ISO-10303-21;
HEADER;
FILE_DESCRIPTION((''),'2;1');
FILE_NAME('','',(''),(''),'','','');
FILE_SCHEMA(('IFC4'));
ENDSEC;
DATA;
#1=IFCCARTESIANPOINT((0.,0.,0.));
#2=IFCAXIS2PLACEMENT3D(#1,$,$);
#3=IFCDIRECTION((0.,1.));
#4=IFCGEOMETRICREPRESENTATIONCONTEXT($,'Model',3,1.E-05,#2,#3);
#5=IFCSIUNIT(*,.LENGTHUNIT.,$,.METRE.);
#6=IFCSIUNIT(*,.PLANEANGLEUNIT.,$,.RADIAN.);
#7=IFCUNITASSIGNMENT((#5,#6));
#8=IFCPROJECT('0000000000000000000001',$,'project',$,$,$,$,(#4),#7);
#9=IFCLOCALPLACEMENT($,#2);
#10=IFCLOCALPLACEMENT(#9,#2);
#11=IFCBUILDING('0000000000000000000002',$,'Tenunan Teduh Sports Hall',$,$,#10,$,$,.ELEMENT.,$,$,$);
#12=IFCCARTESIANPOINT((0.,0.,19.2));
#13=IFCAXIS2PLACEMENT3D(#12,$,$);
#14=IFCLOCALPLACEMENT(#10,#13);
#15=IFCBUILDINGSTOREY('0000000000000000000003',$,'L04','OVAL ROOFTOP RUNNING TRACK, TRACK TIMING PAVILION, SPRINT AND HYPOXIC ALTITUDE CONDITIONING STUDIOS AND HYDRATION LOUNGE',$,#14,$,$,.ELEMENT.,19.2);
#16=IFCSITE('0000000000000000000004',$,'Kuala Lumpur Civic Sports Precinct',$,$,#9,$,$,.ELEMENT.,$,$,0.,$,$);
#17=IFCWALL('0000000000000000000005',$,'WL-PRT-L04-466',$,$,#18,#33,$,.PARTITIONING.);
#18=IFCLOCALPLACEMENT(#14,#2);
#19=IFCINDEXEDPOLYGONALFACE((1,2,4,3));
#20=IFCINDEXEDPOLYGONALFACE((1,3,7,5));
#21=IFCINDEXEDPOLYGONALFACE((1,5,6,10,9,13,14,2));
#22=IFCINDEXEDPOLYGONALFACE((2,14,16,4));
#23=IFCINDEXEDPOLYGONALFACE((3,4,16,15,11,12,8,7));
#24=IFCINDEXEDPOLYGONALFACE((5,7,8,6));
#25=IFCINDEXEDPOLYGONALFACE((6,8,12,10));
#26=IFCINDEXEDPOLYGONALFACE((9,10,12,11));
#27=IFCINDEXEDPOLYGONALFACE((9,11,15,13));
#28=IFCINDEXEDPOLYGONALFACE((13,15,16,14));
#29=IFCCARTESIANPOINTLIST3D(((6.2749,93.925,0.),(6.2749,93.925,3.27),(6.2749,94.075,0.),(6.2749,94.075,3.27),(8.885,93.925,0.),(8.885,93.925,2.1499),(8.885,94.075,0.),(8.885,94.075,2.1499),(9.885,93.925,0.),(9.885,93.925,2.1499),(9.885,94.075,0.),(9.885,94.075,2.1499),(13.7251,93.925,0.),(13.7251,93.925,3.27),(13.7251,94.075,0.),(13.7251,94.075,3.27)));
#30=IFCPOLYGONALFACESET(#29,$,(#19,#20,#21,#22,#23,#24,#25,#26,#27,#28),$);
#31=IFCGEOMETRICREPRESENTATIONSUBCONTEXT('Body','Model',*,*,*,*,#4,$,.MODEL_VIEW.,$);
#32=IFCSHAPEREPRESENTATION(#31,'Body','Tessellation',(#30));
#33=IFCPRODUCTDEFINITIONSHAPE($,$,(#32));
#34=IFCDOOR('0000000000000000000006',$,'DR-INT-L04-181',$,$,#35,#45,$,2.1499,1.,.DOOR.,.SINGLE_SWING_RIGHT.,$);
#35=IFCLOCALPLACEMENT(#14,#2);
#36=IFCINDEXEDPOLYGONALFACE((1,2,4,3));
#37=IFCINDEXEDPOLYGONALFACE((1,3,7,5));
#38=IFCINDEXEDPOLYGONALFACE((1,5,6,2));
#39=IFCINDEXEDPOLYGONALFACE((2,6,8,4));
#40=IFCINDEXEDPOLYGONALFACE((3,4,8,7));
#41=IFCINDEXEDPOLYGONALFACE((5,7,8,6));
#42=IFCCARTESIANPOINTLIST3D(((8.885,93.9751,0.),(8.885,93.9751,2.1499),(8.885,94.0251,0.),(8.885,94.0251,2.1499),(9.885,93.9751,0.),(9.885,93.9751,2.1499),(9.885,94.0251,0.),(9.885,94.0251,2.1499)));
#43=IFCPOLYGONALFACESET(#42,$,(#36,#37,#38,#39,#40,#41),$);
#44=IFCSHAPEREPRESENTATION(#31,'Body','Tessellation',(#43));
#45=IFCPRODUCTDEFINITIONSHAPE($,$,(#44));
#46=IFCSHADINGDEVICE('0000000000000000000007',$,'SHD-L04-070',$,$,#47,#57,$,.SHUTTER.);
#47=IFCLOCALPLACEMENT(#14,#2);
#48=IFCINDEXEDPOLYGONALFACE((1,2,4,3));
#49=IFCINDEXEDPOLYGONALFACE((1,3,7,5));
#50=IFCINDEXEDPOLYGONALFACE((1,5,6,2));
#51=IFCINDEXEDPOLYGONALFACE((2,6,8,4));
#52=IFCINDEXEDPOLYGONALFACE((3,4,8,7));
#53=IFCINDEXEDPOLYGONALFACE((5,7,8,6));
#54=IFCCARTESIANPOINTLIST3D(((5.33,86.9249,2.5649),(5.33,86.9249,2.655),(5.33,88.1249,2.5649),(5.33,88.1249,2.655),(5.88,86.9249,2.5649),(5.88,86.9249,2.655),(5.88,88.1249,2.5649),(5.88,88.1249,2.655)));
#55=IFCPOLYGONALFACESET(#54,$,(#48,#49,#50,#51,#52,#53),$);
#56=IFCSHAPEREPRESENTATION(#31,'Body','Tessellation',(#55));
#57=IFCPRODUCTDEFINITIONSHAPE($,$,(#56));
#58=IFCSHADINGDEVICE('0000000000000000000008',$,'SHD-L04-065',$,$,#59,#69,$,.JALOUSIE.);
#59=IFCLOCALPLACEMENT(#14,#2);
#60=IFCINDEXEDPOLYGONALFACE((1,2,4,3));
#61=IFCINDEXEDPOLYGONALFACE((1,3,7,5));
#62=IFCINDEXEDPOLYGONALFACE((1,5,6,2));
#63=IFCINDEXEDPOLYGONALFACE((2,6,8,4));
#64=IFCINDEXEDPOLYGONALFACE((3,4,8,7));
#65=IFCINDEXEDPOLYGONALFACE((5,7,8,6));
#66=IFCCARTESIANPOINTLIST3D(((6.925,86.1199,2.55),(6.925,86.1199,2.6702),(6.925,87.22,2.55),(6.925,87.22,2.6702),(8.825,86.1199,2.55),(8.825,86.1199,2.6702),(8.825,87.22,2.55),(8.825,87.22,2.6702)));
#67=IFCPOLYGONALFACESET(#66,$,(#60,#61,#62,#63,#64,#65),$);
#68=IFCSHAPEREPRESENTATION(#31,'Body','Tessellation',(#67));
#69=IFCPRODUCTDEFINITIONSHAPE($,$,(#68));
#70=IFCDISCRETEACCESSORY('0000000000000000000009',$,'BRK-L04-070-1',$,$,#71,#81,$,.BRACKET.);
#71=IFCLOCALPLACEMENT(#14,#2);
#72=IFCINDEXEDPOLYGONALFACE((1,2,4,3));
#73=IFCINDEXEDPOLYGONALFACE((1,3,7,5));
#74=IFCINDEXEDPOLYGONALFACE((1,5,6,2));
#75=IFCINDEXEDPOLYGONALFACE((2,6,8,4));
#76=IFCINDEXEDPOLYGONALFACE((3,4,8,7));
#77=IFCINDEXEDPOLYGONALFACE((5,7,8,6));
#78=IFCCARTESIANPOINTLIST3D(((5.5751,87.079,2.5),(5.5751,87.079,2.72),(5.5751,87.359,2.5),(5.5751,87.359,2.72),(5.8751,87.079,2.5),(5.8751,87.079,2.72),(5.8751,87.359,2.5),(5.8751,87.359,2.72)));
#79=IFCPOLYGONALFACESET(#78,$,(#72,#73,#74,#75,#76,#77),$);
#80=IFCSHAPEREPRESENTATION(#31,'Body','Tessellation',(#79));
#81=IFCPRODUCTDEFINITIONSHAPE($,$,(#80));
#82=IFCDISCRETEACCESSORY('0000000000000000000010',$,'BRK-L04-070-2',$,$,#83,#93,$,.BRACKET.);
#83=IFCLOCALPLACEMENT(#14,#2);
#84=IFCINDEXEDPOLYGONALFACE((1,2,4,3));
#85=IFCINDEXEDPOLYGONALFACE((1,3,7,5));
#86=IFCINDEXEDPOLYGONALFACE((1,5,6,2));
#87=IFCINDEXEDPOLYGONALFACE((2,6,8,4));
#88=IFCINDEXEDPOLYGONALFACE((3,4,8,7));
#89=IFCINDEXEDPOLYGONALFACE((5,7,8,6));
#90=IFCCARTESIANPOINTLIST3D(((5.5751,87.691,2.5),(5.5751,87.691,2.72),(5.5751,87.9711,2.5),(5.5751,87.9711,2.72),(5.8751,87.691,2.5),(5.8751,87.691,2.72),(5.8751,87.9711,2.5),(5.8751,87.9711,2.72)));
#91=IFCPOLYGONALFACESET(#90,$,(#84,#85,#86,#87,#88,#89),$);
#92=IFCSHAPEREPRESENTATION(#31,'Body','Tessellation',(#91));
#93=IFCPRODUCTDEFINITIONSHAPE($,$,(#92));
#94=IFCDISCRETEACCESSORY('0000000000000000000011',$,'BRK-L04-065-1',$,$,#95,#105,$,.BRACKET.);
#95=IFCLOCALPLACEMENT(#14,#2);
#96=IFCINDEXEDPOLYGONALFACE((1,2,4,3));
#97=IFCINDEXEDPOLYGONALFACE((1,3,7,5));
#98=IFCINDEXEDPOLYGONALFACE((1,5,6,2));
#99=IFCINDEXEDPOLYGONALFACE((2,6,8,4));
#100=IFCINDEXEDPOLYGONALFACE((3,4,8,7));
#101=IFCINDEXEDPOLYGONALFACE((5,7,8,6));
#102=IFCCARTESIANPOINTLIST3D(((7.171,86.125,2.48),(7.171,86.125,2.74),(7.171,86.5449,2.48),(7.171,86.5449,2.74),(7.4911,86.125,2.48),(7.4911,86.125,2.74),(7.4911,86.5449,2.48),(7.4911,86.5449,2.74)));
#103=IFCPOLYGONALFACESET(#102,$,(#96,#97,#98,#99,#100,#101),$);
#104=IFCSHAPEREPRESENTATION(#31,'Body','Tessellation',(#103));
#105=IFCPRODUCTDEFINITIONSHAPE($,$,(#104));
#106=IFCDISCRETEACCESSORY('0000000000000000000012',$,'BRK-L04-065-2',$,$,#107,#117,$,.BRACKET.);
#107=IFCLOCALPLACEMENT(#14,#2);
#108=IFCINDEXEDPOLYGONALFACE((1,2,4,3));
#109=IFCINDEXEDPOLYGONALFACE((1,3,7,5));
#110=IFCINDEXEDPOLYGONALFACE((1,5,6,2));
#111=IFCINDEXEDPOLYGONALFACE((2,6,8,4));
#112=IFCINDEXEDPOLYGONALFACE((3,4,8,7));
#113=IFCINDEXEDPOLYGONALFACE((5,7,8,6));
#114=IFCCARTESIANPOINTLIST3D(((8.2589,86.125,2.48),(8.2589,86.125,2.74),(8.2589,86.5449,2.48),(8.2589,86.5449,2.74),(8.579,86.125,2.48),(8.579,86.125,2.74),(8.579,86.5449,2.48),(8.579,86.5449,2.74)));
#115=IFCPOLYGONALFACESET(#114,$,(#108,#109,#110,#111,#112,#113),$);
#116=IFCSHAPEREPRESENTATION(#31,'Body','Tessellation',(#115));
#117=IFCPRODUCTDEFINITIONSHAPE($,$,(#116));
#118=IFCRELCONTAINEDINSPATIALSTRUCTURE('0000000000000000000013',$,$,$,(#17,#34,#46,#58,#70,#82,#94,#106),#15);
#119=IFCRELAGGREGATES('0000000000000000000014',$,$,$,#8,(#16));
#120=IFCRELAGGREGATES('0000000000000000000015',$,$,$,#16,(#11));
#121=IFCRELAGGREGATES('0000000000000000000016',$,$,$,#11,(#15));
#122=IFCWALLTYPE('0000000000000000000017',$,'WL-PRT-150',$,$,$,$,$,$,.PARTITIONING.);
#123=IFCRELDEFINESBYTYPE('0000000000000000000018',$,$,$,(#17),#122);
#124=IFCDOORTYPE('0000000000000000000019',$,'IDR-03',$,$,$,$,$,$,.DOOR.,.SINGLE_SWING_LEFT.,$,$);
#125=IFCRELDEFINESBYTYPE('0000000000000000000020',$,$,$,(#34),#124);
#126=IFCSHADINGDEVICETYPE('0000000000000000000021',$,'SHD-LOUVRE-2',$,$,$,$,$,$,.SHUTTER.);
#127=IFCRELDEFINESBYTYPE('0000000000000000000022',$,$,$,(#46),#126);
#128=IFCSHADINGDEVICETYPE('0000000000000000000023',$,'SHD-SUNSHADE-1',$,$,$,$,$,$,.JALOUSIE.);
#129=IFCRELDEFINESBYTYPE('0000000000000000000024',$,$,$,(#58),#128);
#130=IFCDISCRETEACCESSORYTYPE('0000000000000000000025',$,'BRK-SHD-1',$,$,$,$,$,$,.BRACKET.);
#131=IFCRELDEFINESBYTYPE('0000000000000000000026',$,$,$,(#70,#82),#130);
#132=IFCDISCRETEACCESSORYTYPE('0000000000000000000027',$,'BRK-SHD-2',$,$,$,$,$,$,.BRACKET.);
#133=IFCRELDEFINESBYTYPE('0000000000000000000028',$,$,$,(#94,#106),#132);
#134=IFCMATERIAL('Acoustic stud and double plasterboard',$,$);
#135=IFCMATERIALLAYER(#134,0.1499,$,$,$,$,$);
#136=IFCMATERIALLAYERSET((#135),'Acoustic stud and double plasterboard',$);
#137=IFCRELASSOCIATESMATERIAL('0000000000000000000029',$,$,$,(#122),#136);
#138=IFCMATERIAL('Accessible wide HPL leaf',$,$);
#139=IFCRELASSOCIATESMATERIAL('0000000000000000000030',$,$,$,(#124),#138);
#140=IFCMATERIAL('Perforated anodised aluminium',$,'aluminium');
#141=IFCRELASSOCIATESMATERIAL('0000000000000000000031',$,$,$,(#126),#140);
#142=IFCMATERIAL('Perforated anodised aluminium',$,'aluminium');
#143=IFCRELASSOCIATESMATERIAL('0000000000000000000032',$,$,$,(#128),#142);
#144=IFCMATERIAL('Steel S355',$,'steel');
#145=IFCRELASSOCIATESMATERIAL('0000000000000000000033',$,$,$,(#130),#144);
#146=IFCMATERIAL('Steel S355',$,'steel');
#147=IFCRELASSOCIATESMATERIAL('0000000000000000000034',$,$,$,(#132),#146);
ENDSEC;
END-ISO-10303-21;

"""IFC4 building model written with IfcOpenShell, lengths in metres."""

from ifc_helpers import new_model, si_unit, direction, frame, frame_2d, origin, origin_2d, place, context, subcontext, project, spatial, rectangle, extrude, material, layer, layer_set, type_object, element, fill, save


model = new_model("IFC4")

# Units and contexts
model_context = context("Model", 3, precision=1e-05, world=origin(), true_north=direction((0.0, 1.0)))
body_context = subcontext(model_context, "Body", "Model", "MODEL_VIEW")
ifc_project = project(units=[si_unit("LENGTHUNIT", "METRE"), si_unit("PLANEANGLEUNIT", "RADIAN")], contexts=[model_context])

# Site, building, storey
site_placement = place(None, origin())
site = spatial("IfcSite", under=ifc_project, at=site_placement, Name="Kuala Lumpur Civic Sports Precinct", CompositionType="ELEMENT", RefElevation=0.0)
building_placement = place(site_placement, origin())
building = spatial("IfcBuilding", under=site, at=building_placement, Name="Tenunan Teduh Sports Hall", CompositionType="ELEMENT")
storey_placement = place(building_placement, frame((0.0, 0.0, 19.2)))
storey = spatial("IfcBuildingStorey", under=building, at=storey_placement, Name="L04", Description="OVAL ROOFTOP RUNNING TRACK, TRACK TIMING PAVILION, SPRINT AND HYPOXIC ALTITUDE CONDITIONING STUDIOS AND HYDRATION LOUNGE", CompositionType="ELEMENT", Elevation=19.2)

# Wall, opening, door
ifc_material_1 = material(Name="Acoustic stud and double plasterboard")
ifc_layer_1 = layer(ifc_material_1, 0.1499)
ifc_layer_set_1 = layer_set([ifc_layer_1], Name="Acoustic stud and double plasterboard")
wall_type_1 = type_object("IfcWallType", Name="WL-PRT-150", PredefinedType="PARTITIONING", material=ifc_layer_set_1)
wall_1_placement = place(storey_placement, frame((6.2749, 94.0, 0.0), z_axis=(0.0, 0.0, 1.0), x_axis=(1.0, 0.0, 0.0)))
wall_1 = element("IfcWall", 1, at=wall_1_placement, inside=storey, type_object=wall_type_1, Name="WL-PRT-L04-466", PredefinedType="PARTITIONING", context=body_context, shape_type="SweptSolid", body=[
    extrude(rectangle(XDim=7.4502, YDim=0.1499, at=frame_2d((3.7251, 0.0))), origin(), (0.0, 0.0, 1.0), 3.27),
])
opening_1_placement = place(wall_1_placement, frame((2.6101, 0.0, 0.0)))
opening_1 = element("IfcOpeningElement", 2, at=opening_1_placement, cuts=wall_1, PredefinedType="OPENING", context=body_context, shape_type="SweptSolid", body=[
    extrude(rectangle(XDim=1.0, YDim=2.1499, at=frame_2d((0.5, 1.075))), frame((0.0, 0.085, 0.0), z_axis=(0.0, -1.0, 0.0), x_axis=(1.0, 0.0, 0.0)), (0.0, 0.0, 1.0), 0.1699),
])
ifc_material_2 = material(Name="Accessible wide HPL leaf")
door_type = type_object("IfcDoorType", Name="IDR-03", OperationType="SINGLE_SWING_LEFT", PredefinedType="DOOR", material=ifc_material_2)
door_placement = place(opening_1_placement, frame((1.0, 0.0, 0.0), z_axis=(0.0, 0.0, 1.0), x_axis=(-1.0, 0.0, 0.0)))
door = element("IfcDoor", 3, at=door_placement, inside=storey, type_object=door_type, Name="DR-INT-L04-181", OperationType="SINGLE_SWING_RIGHT", OverallHeight=2.1499, OverallWidth=1.0, PredefinedType="DOOR", context=body_context, shape_type="SweptSolid", body=[
    extrude(rectangle(XDim=1.0, YDim=2.1499, at=frame_2d((0.5, 1.075))), frame((0.0, 0.0249, 0.0), z_axis=(0.0, -1.0, 0.0), x_axis=(1.0, 0.0, 0.0)), (0.0, 0.0, 1.0), 0.05),
])
fill(opening_1, door)

# Shading devices
ifc_material_3 = material(Name="Perforated anodised aluminium", Category="aluminium")
shading_device_type_1 = type_object("IfcShadingDeviceType", Name="SHD-LOUVRE-2", PredefinedType="SHUTTER", material=ifc_material_3)
shading_device_1_placement = place(storey_placement, frame((5.605, 87.5249, 2.5649), z_axis=(0.0, 0.0, 1.0), x_axis=(0.0, 1.0, 0.0)))
element("IfcShadingDevice", 4, at=shading_device_1_placement, inside=storey, type_object=shading_device_type_1, Name="SHD-L04-070", PredefinedType="SHUTTER", context=body_context, shape_type="SweptSolid", body=[
    extrude(rectangle(XDim=1.2, YDim=0.55, at=origin_2d()), origin(), (0.0, 0.0, 1.0), 0.0901),
])
ifc_material_4 = material(Name="Perforated anodised aluminium", Category="aluminium")
shading_device_type_2 = type_object("IfcShadingDeviceType", Name="SHD-SUNSHADE-1", PredefinedType="JALOUSIE", material=ifc_material_4)
shading_device_2_placement = place(storey_placement, frame((7.875, 86.6699, 2.55), z_axis=(0.0, 0.0, 1.0), x_axis=(1.0, 0.0, 0.0)))
element("IfcShadingDevice", 5, at=shading_device_2_placement, inside=storey, type_object=shading_device_type_2, Name="SHD-L04-065", PredefinedType="JALOUSIE", context=body_context, shape_type="SweptSolid", body=[
    extrude(rectangle(XDim=1.8999, YDim=1.1001, at=origin_2d()), origin(), (0.0, 0.0, 1.0), 0.1201),
])

# Discrete accessories
ifc_material_5 = material(Name="Steel S355", Category="steel")
discrete_accessory_type_1 = type_object("IfcDiscreteAccessoryType", Name="BRK-SHD-1", PredefinedType="BRACKET", material=ifc_material_5)
for number, where, z_axis, x_axis, name in (
    (6, (5.7251, 87.219, 2.5), (0.0, 0.0, 1.0), (0.0, 1.0, 0.0), "BRK-L04-070-1"),
    (7, (5.7251, 87.8311, 2.5), (0.0, 0.0, 1.0), (0.0, 1.0, 0.0), "BRK-L04-070-2"),
):
    element("IfcDiscreteAccessory", number, at=place(storey_placement, frame(where, z_axis=z_axis, x_axis=x_axis)), inside=storey, type_object=discrete_accessory_type_1, Name=name, PredefinedType="BRACKET", context=body_context, shape_type="SweptSolid", body=[
        extrude(rectangle(XDim=0.28, YDim=0.3, at=origin_2d()), origin(), (0.0, 0.0, 1.0), 0.22),
    ])
ifc_material_6 = material(Name="Steel S355", Category="steel")
discrete_accessory_type_2 = type_object("IfcDiscreteAccessoryType", Name="BRK-SHD-2", PredefinedType="BRACKET", material=ifc_material_6)
for number, where, z_axis, x_axis, name in (
    (8, (7.3311, 86.335, 2.48), (0.0, 0.0, 1.0), (1.0, 0.0, 0.0), "BRK-L04-065-1"),
    (9, (8.4189, 86.335, 2.48), (0.0, 0.0, 1.0), (1.0, 0.0, 0.0), "BRK-L04-065-2"),
):
    element("IfcDiscreteAccessory", number, at=place(storey_placement, frame(where, z_axis=z_axis, x_axis=x_axis)), inside=storey, type_object=discrete_accessory_type_2, Name=name, PredefinedType="BRACKET", context=body_context, shape_type="SweptSolid", body=[
        extrude(rectangle(XDim=0.3201, YDim=0.4199, at=origin_2d()), origin(), (0.0, 0.0, 1.0), 0.26),
    ])

save(model, "model.ifc")
